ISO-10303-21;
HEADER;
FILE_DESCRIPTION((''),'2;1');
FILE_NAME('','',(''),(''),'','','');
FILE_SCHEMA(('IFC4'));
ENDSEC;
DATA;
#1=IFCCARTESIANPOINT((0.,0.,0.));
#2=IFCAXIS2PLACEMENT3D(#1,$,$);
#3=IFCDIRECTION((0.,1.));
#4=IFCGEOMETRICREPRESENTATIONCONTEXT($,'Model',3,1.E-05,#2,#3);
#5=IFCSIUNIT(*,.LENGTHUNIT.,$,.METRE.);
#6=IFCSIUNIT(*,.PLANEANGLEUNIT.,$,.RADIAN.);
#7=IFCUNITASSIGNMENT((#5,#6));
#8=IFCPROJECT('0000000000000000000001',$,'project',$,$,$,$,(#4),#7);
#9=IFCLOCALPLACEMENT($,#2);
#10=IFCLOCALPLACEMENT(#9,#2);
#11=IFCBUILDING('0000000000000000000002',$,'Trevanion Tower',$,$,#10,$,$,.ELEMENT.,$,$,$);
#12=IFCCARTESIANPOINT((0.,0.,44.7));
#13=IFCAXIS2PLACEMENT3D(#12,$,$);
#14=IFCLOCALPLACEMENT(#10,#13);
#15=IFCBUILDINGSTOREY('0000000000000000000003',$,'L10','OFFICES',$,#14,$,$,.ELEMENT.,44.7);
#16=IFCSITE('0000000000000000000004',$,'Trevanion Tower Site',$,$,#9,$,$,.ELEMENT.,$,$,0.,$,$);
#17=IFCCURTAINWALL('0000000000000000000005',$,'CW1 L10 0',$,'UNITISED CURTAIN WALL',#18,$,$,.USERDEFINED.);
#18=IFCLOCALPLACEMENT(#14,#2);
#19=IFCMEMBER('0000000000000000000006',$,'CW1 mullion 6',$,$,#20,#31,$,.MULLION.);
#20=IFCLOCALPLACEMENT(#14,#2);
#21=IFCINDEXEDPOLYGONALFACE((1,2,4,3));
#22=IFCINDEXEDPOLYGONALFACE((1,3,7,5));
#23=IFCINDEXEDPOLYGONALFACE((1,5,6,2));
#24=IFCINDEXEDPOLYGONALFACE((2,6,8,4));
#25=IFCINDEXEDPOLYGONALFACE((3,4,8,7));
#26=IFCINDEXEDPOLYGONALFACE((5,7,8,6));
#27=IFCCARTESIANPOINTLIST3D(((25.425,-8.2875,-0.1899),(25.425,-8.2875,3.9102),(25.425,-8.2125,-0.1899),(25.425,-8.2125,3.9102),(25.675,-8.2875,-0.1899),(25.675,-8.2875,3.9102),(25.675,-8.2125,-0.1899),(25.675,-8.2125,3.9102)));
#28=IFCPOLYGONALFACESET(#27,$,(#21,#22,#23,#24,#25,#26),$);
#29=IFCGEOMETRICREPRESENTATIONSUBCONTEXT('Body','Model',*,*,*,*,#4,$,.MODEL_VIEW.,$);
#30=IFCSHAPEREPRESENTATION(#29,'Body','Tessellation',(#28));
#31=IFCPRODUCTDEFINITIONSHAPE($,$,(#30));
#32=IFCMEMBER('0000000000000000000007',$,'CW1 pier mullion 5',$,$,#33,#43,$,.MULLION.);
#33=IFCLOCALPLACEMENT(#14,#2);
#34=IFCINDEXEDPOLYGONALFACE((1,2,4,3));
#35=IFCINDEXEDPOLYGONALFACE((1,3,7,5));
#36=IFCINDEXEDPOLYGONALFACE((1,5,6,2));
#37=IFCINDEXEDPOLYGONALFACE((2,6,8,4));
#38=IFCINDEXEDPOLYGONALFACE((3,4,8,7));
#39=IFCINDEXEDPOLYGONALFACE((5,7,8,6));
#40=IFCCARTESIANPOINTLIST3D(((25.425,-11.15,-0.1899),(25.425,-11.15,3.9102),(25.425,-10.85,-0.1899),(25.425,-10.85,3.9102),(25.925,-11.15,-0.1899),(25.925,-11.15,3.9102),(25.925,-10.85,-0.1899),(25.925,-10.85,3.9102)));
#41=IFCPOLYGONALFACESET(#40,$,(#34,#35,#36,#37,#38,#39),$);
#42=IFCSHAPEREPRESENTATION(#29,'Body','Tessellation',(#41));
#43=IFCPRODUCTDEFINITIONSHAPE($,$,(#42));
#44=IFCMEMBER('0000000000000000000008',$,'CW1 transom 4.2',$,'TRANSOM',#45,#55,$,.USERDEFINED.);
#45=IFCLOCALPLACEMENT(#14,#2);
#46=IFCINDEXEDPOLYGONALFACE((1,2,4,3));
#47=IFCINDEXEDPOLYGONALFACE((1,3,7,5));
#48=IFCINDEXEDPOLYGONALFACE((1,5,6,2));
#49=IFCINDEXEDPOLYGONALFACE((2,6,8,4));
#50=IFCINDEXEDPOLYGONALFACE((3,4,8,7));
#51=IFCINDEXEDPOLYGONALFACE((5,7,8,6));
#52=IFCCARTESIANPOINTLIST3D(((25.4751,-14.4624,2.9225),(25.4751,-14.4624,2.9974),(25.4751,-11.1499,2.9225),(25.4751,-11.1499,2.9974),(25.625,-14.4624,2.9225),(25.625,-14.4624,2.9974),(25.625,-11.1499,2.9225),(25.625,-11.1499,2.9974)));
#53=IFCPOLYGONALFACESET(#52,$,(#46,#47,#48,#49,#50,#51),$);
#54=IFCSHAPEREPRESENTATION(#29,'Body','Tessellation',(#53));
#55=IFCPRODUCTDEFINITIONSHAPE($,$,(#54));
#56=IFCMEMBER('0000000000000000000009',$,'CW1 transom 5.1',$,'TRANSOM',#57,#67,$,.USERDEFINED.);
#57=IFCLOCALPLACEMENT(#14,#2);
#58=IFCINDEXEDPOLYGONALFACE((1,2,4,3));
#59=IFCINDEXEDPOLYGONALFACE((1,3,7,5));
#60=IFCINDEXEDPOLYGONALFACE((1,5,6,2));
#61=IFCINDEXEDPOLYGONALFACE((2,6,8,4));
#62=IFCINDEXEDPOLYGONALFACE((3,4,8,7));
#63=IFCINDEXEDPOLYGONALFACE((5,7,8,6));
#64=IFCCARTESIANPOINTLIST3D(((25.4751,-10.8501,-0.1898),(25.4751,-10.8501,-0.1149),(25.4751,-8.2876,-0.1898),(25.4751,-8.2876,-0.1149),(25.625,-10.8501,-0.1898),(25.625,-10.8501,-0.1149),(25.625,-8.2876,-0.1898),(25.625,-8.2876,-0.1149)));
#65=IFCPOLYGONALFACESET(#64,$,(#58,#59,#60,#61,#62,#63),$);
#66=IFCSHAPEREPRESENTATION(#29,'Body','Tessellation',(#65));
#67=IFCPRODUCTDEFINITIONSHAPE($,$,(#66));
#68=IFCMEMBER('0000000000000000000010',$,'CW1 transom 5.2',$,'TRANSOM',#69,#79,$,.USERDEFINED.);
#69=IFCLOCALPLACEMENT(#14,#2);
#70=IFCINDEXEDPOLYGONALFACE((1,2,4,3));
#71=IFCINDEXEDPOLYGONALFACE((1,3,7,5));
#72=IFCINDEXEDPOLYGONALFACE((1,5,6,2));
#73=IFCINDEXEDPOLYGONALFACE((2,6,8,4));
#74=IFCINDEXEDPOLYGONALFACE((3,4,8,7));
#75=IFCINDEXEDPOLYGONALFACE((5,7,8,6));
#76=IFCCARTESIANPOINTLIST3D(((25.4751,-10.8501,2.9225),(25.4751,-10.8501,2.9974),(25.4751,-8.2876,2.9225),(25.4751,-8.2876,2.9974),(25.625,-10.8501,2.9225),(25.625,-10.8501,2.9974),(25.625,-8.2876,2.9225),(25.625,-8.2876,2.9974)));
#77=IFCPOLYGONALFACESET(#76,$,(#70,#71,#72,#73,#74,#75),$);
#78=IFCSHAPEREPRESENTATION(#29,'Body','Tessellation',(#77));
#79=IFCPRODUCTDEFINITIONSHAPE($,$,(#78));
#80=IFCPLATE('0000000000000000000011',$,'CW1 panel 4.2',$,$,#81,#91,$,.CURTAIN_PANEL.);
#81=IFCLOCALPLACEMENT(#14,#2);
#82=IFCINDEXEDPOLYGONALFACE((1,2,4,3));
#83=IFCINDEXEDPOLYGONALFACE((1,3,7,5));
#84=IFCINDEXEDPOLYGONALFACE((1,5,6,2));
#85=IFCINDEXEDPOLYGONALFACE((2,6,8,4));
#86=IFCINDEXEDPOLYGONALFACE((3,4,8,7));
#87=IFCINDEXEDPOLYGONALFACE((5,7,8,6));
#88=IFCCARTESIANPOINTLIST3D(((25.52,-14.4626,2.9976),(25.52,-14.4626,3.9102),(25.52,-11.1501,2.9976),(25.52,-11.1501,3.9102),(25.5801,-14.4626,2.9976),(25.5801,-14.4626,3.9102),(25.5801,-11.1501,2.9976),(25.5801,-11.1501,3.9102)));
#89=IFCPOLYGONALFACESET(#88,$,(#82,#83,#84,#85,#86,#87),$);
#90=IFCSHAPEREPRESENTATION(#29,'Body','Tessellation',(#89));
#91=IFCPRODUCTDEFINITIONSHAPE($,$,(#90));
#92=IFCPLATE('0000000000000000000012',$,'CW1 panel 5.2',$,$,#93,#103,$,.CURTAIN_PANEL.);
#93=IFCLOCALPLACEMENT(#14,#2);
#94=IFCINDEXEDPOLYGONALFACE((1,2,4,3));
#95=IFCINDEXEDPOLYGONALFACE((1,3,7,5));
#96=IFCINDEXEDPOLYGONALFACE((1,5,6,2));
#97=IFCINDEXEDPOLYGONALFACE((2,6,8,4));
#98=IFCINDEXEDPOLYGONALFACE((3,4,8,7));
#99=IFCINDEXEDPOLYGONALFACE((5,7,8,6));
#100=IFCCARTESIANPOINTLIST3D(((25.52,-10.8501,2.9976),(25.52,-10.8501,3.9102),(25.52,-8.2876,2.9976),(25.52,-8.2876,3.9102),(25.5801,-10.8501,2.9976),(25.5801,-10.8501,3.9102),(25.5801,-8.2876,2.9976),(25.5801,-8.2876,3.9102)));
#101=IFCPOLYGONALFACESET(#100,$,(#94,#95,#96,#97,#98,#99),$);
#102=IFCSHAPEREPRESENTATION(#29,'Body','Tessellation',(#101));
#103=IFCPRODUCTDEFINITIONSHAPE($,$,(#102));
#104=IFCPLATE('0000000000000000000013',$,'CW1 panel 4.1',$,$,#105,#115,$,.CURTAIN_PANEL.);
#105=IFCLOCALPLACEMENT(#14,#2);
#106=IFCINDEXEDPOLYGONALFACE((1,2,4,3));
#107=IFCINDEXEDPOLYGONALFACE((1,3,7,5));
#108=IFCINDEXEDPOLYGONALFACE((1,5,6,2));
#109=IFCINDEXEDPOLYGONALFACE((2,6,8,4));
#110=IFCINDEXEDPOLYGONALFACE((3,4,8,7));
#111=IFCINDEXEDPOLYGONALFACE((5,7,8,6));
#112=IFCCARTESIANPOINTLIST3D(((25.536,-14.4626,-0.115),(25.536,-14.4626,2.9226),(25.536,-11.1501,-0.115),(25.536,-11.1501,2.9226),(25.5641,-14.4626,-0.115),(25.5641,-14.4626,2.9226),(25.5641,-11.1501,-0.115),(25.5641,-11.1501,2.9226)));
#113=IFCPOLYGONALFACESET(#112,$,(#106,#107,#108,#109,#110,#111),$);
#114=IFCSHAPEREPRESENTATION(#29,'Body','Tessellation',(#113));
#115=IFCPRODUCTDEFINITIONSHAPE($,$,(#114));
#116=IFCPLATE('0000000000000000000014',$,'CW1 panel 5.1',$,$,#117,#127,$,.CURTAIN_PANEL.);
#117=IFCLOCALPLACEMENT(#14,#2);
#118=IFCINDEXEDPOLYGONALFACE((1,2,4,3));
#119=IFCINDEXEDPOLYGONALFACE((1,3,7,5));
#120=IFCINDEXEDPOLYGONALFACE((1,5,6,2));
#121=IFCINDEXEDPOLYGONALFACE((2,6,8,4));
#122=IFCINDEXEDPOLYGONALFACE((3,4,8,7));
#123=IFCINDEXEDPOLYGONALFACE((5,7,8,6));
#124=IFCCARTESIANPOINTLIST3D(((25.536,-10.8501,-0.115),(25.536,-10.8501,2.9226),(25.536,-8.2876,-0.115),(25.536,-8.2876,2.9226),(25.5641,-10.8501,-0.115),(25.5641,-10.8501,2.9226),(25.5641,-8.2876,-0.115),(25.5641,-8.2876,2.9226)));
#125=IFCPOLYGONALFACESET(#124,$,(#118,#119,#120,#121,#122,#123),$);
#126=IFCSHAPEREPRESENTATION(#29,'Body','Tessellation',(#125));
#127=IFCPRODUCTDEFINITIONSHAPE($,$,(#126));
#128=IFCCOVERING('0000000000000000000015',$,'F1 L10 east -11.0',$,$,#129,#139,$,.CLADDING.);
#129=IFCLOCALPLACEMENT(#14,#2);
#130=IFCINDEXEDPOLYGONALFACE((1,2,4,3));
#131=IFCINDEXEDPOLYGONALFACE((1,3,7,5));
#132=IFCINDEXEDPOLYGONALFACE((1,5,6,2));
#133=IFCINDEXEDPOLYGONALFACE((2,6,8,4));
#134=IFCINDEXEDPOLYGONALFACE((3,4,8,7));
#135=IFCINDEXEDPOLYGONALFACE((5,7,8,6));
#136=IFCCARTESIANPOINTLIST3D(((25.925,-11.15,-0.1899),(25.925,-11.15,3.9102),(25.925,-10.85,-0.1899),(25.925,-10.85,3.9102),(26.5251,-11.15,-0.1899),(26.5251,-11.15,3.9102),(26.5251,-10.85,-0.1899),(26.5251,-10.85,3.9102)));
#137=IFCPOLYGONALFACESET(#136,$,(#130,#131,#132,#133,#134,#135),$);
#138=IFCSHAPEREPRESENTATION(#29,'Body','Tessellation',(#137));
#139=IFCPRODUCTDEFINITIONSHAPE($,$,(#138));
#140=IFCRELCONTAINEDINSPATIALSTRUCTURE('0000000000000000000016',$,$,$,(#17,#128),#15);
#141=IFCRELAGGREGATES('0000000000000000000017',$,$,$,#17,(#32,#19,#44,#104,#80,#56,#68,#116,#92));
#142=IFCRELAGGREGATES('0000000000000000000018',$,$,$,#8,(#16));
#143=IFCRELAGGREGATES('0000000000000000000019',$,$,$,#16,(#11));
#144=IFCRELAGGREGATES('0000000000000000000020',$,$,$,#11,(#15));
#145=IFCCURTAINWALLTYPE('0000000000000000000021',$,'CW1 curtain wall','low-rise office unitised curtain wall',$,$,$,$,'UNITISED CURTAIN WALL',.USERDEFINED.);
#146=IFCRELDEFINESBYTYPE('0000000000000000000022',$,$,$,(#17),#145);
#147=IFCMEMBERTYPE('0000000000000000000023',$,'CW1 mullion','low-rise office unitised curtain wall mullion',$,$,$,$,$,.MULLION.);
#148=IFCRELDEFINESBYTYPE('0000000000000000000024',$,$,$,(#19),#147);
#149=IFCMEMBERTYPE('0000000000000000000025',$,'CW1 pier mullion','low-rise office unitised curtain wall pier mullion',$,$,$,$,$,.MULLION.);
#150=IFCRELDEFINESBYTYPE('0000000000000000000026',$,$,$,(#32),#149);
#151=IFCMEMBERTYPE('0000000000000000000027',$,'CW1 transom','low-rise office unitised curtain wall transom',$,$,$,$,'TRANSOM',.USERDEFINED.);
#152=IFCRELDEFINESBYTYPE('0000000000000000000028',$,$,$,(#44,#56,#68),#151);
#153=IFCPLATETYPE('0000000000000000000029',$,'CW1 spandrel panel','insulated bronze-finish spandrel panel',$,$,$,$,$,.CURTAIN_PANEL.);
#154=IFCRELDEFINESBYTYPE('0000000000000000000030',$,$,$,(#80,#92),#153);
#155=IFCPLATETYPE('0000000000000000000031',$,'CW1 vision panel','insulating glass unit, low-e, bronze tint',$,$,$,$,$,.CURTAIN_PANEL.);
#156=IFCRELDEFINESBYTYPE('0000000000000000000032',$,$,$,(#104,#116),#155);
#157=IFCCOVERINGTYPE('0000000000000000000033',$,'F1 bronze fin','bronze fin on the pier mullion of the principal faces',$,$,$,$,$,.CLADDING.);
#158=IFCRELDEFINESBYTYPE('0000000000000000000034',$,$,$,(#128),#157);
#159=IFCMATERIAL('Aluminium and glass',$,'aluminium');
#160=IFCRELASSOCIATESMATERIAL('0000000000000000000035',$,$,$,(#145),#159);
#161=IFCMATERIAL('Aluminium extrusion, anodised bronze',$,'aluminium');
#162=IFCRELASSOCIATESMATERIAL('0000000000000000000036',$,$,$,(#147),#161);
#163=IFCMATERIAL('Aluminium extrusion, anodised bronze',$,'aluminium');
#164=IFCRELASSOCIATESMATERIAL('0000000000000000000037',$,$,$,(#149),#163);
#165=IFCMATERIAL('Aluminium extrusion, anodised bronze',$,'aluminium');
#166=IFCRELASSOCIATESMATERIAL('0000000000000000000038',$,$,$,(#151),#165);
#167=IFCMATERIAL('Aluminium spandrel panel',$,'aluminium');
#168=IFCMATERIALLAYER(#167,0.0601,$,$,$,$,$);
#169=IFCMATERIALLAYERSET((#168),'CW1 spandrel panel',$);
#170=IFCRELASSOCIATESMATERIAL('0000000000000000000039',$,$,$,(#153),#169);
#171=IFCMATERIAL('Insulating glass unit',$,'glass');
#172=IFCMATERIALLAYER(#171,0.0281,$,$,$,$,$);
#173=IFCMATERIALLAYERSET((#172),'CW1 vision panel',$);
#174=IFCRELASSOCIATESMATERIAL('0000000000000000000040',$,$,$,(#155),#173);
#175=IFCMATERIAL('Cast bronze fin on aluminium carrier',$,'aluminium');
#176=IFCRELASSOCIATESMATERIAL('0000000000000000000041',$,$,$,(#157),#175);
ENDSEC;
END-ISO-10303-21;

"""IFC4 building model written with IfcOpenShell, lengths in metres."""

from ifc_helpers import new_model, si_unit, direction, frame, origin, origin_2d, place, context, subcontext, project, spatial, rectangle, extrude, material, layer, layer_set, material_profile, profile_set, type_object, element, aggregate, save


model = new_model("IFC4")

# Units and contexts
model_context = context("Model", 3, precision=1e-05, world=origin(), true_north=direction((0.0, 1.0)))
body_context = subcontext(model_context, "Body", "Model", "MODEL_VIEW")
ifc_project = project(units=[si_unit("LENGTHUNIT", "METRE"), si_unit("PLANEANGLEUNIT", "RADIAN")], contexts=[model_context])

# Site, building, storey
site_placement = place(None, origin())
site = spatial("IfcSite", under=ifc_project, at=site_placement, Name="Trevanion Tower Site", CompositionType="ELEMENT", RefElevation=0.0)
building_placement = place(site_placement, origin())
building = spatial("IfcBuilding", under=site, at=building_placement, Name="Trevanion Tower", CompositionType="ELEMENT")
storey_placement = place(building_placement, frame((0.0, 0.0, 44.7)))
storey = spatial("IfcBuildingStorey", under=building, at=storey_placement, Name="L10", Description="OFFICES", CompositionType="ELEMENT", Elevation=44.7)

# Curtain wall, members, plates
ifc_material_1 = material(Name="Aluminium and glass", Category="aluminium")
curtain_wall_type = type_object("IfcCurtainWallType", Name="CW1 curtain wall", Description="low-rise office unitised curtain wall", ElementType="UNITISED CURTAIN WALL", PredefinedType="USERDEFINED", material=ifc_material_1)
curtain_wall_placement = place(storey_placement, origin())
curtain_wall = element("IfcCurtainWall", 1, at=curtain_wall_placement, inside=storey, type_object=curtain_wall_type, Name="CW1 L10 0", ObjectType="UNITISED CURTAIN WALL", PredefinedType="USERDEFINED")
ifc_material_2 = material(Name="Aluminium extrusion, anodised bronze", Category="aluminium")
ifc_material_profile_1 = material_profile(ifc_material_2, rectangle(XDim=0.075, YDim=0.25, at=origin_2d()), Name="CW1 mullion")
ifc_profile_set_1 = profile_set([ifc_material_profile_1], Name="Aluminium extrusion, anodised bronze")
member_type_1 = type_object("IfcMemberType", Name="CW1 mullion", Description="low-rise office unitised curtain wall mullion", PredefinedType="MULLION", material=ifc_profile_set_1)
member_1_placement = place(storey_placement, frame((25.55, -8.25, -0.1899), z_axis=(0.0, 0.0, 1.0), x_axis=(0.0, 1.0, 0.0)))
member_1 = element("IfcMember", 2, at=member_1_placement, type_object=member_type_1, Name="CW1 mullion 6", PredefinedType="MULLION", context=body_context, shape_type="SweptSolid", body=[
    extrude(rectangle(XDim=0.075, YDim=0.25, at=origin_2d()), origin(), (0.0, 0.0, 1.0), 4.1001),
])
ifc_material_3 = material(Name="Aluminium extrusion, anodised bronze", Category="aluminium")
ifc_material_profile_2 = material_profile(ifc_material_3, rectangle(XDim=0.3, YDim=0.5, at=origin_2d()), Name="CW1 pier mullion")
ifc_profile_set_2 = profile_set([ifc_material_profile_2], Name="Aluminium extrusion, anodised bronze")
member_type_2 = type_object("IfcMemberType", Name="CW1 pier mullion", Description="low-rise office unitised curtain wall pier mullion", PredefinedType="MULLION", material=ifc_profile_set_2)
member_2_placement = place(storey_placement, frame((25.675, -11.0, -0.1899), z_axis=(0.0, 0.0, 1.0), x_axis=(0.0, 1.0, 0.0)))
member_2 = element("IfcMember", 3, at=member_2_placement, type_object=member_type_2, Name="CW1 pier mullion 5", PredefinedType="MULLION", context=body_context, shape_type="SweptSolid", body=[
    extrude(rectangle(XDim=0.3, YDim=0.5, at=origin_2d()), origin(), (0.0, 0.0, 1.0), 4.1001),
])
ifc_material_4 = material(Name="Aluminium extrusion, anodised bronze", Category="aluminium")
ifc_material_profile_3 = material_profile(ifc_material_4, rectangle(XDim=0.1499, YDim=0.075, at=origin_2d()), Name="CW1 transom")
ifc_profile_set_3 = profile_set([ifc_material_profile_3], Name="Aluminium extrusion, anodised bronze")
member_type_3 = type_object("IfcMemberType", Name="CW1 transom", Description="low-rise office unitised curtain wall transom", ElementType="TRANSOM", PredefinedType="USERDEFINED", material=ifc_profile_set_3)
member_3_placement = place(storey_placement, frame((25.55, -14.4624, 2.96), z_axis=(0.0, 1.0, 0.0), x_axis=(-1.0, 0.0, 0.0)))
member_3 = element("IfcMember", 4, at=member_3_placement, type_object=member_type_3, Name="CW1 transom 4.2", ObjectType="TRANSOM", PredefinedType="USERDEFINED", context=body_context, shape_type="SweptSolid", body=[
    extrude(rectangle(XDim=0.1499, YDim=0.075, at=origin_2d()), origin(), (0.0, 0.0, 1.0), 3.3125),
])
member_4_placement = place(storey_placement, frame((25.55, -10.8501, -0.1523), z_axis=(0.0, 1.0, 0.0), x_axis=(-1.0, 0.0, 0.0)))
member_4 = element("IfcMember", 5, at=member_4_placement, type_object=member_type_3, Name="CW1 transom 5.1", ObjectType="TRANSOM", PredefinedType="USERDEFINED", context=body_context, shape_type="SweptSolid", body=[
    extrude(rectangle(XDim=0.1499, YDim=0.075, at=origin_2d()), origin(), (0.0, 0.0, 1.0), 2.5625),
])
member_5_placement = place(storey_placement, frame((25.55, -10.8501, 2.96), z_axis=(0.0, 1.0, 0.0), x_axis=(-1.0, 0.0, 0.0)))
member_5 = element("IfcMember", 6, at=member_5_placement, type_object=member_type_3, Name="CW1 transom 5.2", ObjectType="TRANSOM", PredefinedType="USERDEFINED", context=body_context, shape_type="SweptSolid", body=[
    extrude(rectangle(XDim=0.1499, YDim=0.075, at=origin_2d()), origin(), (0.0, 0.0, 1.0), 2.5625),
])
ifc_material_5 = material(Name="Aluminium spandrel panel", Category="aluminium")
ifc_layer_1 = layer(ifc_material_5, 0.0601)
ifc_layer_set_1 = layer_set([ifc_layer_1], Name="CW1 spandrel panel")
plate_type_1 = type_object("IfcPlateType", Name="CW1 spandrel panel", Description="insulated bronze-finish spandrel panel", PredefinedType="CURTAIN_PANEL", material=ifc_layer_set_1)
plate_1_placement = place(storey_placement, frame((25.55, -12.8064, 2.9976), z_axis=(0.0, 0.0, 1.0), x_axis=(0.0, 1.0, 0.0)))
plate_1 = element("IfcPlate", 7, at=plate_1_placement, type_object=plate_type_1, Name="CW1 panel 4.2", PredefinedType="CURTAIN_PANEL", context=body_context, shape_type="SweptSolid", body=[
    extrude(rectangle(XDim=3.3125, YDim=0.0601, at=origin_2d()), origin(), (0.0, 0.0, 1.0), 0.9126),
])
plate_2_placement = place(storey_placement, frame((25.55, -9.5688, 2.9976), z_axis=(0.0, 0.0, 1.0), x_axis=(0.0, 1.0, 0.0)))
plate_2 = element("IfcPlate", 8, at=plate_2_placement, type_object=plate_type_1, Name="CW1 panel 5.2", PredefinedType="CURTAIN_PANEL", context=body_context, shape_type="SweptSolid", body=[
    extrude(rectangle(XDim=2.5625, YDim=0.0601, at=origin_2d()), origin(), (0.0, 0.0, 1.0), 0.9126),
])
ifc_material_6 = material(Name="Insulating glass unit", Category="glass")
ifc_layer_2 = layer(ifc_material_6, 0.0281)
ifc_layer_set_2 = layer_set([ifc_layer_2], Name="CW1 vision panel")
plate_type_2 = type_object("IfcPlateType", Name="CW1 vision panel", Description="insulating glass unit, low-e, bronze tint", PredefinedType="CURTAIN_PANEL", material=ifc_layer_set_2)
plate_3_placement = place(storey_placement, frame((25.55, -12.8064, -0.115), z_axis=(0.0, 0.0, 1.0), x_axis=(0.0, 1.0, 0.0)))
plate_3 = element("IfcPlate", 9, at=plate_3_placement, type_object=plate_type_2, Name="CW1 panel 4.1", PredefinedType="CURTAIN_PANEL", context=body_context, shape_type="SweptSolid", body=[
    extrude(rectangle(XDim=3.3125, YDim=0.0281, at=origin_2d()), origin(), (0.0, 0.0, 1.0), 3.0376),
])
plate_4_placement = place(storey_placement, frame((25.55, -9.5688, -0.115), z_axis=(0.0, 0.0, 1.0), x_axis=(0.0, 1.0, 0.0)))
plate_4 = element("IfcPlate", 10, at=plate_4_placement, type_object=plate_type_2, Name="CW1 panel 5.1", PredefinedType="CURTAIN_PANEL", context=body_context, shape_type="SweptSolid", body=[
    extrude(rectangle(XDim=2.5625, YDim=0.0281, at=origin_2d()), origin(), (0.0, 0.0, 1.0), 3.0376),
])
aggregate(curtain_wall, [member_2, member_1, member_3, plate_3, plate_1, member_4, member_5, plate_4, plate_2])

# Covering
ifc_material_7 = material(Name="Cast bronze fin on aluminium carrier", Category="aluminium")
covering_type = type_object("IfcCoveringType", Name="F1 bronze fin", Description="bronze fin on the pier mullion of the principal faces", PredefinedType="CLADDING", material=ifc_material_7)
covering_placement = place(storey_placement, frame((26.2251, -11.0, -0.1899), z_axis=(0.0, 0.0, 1.0), x_axis=(0.0, 1.0, 0.0)))
element("IfcCovering", 11, at=covering_placement, inside=storey, type_object=covering_type, Name="F1 L10 east -11.0", PredefinedType="CLADDING", context=body_context, shape_type="SweptSolid", body=[
    extrude(rectangle(XDim=0.3, YDim=0.6001, at=origin_2d()), origin(), (0.0, 0.0, 1.0), 4.1001),
])

save(model, "model.ifc")
